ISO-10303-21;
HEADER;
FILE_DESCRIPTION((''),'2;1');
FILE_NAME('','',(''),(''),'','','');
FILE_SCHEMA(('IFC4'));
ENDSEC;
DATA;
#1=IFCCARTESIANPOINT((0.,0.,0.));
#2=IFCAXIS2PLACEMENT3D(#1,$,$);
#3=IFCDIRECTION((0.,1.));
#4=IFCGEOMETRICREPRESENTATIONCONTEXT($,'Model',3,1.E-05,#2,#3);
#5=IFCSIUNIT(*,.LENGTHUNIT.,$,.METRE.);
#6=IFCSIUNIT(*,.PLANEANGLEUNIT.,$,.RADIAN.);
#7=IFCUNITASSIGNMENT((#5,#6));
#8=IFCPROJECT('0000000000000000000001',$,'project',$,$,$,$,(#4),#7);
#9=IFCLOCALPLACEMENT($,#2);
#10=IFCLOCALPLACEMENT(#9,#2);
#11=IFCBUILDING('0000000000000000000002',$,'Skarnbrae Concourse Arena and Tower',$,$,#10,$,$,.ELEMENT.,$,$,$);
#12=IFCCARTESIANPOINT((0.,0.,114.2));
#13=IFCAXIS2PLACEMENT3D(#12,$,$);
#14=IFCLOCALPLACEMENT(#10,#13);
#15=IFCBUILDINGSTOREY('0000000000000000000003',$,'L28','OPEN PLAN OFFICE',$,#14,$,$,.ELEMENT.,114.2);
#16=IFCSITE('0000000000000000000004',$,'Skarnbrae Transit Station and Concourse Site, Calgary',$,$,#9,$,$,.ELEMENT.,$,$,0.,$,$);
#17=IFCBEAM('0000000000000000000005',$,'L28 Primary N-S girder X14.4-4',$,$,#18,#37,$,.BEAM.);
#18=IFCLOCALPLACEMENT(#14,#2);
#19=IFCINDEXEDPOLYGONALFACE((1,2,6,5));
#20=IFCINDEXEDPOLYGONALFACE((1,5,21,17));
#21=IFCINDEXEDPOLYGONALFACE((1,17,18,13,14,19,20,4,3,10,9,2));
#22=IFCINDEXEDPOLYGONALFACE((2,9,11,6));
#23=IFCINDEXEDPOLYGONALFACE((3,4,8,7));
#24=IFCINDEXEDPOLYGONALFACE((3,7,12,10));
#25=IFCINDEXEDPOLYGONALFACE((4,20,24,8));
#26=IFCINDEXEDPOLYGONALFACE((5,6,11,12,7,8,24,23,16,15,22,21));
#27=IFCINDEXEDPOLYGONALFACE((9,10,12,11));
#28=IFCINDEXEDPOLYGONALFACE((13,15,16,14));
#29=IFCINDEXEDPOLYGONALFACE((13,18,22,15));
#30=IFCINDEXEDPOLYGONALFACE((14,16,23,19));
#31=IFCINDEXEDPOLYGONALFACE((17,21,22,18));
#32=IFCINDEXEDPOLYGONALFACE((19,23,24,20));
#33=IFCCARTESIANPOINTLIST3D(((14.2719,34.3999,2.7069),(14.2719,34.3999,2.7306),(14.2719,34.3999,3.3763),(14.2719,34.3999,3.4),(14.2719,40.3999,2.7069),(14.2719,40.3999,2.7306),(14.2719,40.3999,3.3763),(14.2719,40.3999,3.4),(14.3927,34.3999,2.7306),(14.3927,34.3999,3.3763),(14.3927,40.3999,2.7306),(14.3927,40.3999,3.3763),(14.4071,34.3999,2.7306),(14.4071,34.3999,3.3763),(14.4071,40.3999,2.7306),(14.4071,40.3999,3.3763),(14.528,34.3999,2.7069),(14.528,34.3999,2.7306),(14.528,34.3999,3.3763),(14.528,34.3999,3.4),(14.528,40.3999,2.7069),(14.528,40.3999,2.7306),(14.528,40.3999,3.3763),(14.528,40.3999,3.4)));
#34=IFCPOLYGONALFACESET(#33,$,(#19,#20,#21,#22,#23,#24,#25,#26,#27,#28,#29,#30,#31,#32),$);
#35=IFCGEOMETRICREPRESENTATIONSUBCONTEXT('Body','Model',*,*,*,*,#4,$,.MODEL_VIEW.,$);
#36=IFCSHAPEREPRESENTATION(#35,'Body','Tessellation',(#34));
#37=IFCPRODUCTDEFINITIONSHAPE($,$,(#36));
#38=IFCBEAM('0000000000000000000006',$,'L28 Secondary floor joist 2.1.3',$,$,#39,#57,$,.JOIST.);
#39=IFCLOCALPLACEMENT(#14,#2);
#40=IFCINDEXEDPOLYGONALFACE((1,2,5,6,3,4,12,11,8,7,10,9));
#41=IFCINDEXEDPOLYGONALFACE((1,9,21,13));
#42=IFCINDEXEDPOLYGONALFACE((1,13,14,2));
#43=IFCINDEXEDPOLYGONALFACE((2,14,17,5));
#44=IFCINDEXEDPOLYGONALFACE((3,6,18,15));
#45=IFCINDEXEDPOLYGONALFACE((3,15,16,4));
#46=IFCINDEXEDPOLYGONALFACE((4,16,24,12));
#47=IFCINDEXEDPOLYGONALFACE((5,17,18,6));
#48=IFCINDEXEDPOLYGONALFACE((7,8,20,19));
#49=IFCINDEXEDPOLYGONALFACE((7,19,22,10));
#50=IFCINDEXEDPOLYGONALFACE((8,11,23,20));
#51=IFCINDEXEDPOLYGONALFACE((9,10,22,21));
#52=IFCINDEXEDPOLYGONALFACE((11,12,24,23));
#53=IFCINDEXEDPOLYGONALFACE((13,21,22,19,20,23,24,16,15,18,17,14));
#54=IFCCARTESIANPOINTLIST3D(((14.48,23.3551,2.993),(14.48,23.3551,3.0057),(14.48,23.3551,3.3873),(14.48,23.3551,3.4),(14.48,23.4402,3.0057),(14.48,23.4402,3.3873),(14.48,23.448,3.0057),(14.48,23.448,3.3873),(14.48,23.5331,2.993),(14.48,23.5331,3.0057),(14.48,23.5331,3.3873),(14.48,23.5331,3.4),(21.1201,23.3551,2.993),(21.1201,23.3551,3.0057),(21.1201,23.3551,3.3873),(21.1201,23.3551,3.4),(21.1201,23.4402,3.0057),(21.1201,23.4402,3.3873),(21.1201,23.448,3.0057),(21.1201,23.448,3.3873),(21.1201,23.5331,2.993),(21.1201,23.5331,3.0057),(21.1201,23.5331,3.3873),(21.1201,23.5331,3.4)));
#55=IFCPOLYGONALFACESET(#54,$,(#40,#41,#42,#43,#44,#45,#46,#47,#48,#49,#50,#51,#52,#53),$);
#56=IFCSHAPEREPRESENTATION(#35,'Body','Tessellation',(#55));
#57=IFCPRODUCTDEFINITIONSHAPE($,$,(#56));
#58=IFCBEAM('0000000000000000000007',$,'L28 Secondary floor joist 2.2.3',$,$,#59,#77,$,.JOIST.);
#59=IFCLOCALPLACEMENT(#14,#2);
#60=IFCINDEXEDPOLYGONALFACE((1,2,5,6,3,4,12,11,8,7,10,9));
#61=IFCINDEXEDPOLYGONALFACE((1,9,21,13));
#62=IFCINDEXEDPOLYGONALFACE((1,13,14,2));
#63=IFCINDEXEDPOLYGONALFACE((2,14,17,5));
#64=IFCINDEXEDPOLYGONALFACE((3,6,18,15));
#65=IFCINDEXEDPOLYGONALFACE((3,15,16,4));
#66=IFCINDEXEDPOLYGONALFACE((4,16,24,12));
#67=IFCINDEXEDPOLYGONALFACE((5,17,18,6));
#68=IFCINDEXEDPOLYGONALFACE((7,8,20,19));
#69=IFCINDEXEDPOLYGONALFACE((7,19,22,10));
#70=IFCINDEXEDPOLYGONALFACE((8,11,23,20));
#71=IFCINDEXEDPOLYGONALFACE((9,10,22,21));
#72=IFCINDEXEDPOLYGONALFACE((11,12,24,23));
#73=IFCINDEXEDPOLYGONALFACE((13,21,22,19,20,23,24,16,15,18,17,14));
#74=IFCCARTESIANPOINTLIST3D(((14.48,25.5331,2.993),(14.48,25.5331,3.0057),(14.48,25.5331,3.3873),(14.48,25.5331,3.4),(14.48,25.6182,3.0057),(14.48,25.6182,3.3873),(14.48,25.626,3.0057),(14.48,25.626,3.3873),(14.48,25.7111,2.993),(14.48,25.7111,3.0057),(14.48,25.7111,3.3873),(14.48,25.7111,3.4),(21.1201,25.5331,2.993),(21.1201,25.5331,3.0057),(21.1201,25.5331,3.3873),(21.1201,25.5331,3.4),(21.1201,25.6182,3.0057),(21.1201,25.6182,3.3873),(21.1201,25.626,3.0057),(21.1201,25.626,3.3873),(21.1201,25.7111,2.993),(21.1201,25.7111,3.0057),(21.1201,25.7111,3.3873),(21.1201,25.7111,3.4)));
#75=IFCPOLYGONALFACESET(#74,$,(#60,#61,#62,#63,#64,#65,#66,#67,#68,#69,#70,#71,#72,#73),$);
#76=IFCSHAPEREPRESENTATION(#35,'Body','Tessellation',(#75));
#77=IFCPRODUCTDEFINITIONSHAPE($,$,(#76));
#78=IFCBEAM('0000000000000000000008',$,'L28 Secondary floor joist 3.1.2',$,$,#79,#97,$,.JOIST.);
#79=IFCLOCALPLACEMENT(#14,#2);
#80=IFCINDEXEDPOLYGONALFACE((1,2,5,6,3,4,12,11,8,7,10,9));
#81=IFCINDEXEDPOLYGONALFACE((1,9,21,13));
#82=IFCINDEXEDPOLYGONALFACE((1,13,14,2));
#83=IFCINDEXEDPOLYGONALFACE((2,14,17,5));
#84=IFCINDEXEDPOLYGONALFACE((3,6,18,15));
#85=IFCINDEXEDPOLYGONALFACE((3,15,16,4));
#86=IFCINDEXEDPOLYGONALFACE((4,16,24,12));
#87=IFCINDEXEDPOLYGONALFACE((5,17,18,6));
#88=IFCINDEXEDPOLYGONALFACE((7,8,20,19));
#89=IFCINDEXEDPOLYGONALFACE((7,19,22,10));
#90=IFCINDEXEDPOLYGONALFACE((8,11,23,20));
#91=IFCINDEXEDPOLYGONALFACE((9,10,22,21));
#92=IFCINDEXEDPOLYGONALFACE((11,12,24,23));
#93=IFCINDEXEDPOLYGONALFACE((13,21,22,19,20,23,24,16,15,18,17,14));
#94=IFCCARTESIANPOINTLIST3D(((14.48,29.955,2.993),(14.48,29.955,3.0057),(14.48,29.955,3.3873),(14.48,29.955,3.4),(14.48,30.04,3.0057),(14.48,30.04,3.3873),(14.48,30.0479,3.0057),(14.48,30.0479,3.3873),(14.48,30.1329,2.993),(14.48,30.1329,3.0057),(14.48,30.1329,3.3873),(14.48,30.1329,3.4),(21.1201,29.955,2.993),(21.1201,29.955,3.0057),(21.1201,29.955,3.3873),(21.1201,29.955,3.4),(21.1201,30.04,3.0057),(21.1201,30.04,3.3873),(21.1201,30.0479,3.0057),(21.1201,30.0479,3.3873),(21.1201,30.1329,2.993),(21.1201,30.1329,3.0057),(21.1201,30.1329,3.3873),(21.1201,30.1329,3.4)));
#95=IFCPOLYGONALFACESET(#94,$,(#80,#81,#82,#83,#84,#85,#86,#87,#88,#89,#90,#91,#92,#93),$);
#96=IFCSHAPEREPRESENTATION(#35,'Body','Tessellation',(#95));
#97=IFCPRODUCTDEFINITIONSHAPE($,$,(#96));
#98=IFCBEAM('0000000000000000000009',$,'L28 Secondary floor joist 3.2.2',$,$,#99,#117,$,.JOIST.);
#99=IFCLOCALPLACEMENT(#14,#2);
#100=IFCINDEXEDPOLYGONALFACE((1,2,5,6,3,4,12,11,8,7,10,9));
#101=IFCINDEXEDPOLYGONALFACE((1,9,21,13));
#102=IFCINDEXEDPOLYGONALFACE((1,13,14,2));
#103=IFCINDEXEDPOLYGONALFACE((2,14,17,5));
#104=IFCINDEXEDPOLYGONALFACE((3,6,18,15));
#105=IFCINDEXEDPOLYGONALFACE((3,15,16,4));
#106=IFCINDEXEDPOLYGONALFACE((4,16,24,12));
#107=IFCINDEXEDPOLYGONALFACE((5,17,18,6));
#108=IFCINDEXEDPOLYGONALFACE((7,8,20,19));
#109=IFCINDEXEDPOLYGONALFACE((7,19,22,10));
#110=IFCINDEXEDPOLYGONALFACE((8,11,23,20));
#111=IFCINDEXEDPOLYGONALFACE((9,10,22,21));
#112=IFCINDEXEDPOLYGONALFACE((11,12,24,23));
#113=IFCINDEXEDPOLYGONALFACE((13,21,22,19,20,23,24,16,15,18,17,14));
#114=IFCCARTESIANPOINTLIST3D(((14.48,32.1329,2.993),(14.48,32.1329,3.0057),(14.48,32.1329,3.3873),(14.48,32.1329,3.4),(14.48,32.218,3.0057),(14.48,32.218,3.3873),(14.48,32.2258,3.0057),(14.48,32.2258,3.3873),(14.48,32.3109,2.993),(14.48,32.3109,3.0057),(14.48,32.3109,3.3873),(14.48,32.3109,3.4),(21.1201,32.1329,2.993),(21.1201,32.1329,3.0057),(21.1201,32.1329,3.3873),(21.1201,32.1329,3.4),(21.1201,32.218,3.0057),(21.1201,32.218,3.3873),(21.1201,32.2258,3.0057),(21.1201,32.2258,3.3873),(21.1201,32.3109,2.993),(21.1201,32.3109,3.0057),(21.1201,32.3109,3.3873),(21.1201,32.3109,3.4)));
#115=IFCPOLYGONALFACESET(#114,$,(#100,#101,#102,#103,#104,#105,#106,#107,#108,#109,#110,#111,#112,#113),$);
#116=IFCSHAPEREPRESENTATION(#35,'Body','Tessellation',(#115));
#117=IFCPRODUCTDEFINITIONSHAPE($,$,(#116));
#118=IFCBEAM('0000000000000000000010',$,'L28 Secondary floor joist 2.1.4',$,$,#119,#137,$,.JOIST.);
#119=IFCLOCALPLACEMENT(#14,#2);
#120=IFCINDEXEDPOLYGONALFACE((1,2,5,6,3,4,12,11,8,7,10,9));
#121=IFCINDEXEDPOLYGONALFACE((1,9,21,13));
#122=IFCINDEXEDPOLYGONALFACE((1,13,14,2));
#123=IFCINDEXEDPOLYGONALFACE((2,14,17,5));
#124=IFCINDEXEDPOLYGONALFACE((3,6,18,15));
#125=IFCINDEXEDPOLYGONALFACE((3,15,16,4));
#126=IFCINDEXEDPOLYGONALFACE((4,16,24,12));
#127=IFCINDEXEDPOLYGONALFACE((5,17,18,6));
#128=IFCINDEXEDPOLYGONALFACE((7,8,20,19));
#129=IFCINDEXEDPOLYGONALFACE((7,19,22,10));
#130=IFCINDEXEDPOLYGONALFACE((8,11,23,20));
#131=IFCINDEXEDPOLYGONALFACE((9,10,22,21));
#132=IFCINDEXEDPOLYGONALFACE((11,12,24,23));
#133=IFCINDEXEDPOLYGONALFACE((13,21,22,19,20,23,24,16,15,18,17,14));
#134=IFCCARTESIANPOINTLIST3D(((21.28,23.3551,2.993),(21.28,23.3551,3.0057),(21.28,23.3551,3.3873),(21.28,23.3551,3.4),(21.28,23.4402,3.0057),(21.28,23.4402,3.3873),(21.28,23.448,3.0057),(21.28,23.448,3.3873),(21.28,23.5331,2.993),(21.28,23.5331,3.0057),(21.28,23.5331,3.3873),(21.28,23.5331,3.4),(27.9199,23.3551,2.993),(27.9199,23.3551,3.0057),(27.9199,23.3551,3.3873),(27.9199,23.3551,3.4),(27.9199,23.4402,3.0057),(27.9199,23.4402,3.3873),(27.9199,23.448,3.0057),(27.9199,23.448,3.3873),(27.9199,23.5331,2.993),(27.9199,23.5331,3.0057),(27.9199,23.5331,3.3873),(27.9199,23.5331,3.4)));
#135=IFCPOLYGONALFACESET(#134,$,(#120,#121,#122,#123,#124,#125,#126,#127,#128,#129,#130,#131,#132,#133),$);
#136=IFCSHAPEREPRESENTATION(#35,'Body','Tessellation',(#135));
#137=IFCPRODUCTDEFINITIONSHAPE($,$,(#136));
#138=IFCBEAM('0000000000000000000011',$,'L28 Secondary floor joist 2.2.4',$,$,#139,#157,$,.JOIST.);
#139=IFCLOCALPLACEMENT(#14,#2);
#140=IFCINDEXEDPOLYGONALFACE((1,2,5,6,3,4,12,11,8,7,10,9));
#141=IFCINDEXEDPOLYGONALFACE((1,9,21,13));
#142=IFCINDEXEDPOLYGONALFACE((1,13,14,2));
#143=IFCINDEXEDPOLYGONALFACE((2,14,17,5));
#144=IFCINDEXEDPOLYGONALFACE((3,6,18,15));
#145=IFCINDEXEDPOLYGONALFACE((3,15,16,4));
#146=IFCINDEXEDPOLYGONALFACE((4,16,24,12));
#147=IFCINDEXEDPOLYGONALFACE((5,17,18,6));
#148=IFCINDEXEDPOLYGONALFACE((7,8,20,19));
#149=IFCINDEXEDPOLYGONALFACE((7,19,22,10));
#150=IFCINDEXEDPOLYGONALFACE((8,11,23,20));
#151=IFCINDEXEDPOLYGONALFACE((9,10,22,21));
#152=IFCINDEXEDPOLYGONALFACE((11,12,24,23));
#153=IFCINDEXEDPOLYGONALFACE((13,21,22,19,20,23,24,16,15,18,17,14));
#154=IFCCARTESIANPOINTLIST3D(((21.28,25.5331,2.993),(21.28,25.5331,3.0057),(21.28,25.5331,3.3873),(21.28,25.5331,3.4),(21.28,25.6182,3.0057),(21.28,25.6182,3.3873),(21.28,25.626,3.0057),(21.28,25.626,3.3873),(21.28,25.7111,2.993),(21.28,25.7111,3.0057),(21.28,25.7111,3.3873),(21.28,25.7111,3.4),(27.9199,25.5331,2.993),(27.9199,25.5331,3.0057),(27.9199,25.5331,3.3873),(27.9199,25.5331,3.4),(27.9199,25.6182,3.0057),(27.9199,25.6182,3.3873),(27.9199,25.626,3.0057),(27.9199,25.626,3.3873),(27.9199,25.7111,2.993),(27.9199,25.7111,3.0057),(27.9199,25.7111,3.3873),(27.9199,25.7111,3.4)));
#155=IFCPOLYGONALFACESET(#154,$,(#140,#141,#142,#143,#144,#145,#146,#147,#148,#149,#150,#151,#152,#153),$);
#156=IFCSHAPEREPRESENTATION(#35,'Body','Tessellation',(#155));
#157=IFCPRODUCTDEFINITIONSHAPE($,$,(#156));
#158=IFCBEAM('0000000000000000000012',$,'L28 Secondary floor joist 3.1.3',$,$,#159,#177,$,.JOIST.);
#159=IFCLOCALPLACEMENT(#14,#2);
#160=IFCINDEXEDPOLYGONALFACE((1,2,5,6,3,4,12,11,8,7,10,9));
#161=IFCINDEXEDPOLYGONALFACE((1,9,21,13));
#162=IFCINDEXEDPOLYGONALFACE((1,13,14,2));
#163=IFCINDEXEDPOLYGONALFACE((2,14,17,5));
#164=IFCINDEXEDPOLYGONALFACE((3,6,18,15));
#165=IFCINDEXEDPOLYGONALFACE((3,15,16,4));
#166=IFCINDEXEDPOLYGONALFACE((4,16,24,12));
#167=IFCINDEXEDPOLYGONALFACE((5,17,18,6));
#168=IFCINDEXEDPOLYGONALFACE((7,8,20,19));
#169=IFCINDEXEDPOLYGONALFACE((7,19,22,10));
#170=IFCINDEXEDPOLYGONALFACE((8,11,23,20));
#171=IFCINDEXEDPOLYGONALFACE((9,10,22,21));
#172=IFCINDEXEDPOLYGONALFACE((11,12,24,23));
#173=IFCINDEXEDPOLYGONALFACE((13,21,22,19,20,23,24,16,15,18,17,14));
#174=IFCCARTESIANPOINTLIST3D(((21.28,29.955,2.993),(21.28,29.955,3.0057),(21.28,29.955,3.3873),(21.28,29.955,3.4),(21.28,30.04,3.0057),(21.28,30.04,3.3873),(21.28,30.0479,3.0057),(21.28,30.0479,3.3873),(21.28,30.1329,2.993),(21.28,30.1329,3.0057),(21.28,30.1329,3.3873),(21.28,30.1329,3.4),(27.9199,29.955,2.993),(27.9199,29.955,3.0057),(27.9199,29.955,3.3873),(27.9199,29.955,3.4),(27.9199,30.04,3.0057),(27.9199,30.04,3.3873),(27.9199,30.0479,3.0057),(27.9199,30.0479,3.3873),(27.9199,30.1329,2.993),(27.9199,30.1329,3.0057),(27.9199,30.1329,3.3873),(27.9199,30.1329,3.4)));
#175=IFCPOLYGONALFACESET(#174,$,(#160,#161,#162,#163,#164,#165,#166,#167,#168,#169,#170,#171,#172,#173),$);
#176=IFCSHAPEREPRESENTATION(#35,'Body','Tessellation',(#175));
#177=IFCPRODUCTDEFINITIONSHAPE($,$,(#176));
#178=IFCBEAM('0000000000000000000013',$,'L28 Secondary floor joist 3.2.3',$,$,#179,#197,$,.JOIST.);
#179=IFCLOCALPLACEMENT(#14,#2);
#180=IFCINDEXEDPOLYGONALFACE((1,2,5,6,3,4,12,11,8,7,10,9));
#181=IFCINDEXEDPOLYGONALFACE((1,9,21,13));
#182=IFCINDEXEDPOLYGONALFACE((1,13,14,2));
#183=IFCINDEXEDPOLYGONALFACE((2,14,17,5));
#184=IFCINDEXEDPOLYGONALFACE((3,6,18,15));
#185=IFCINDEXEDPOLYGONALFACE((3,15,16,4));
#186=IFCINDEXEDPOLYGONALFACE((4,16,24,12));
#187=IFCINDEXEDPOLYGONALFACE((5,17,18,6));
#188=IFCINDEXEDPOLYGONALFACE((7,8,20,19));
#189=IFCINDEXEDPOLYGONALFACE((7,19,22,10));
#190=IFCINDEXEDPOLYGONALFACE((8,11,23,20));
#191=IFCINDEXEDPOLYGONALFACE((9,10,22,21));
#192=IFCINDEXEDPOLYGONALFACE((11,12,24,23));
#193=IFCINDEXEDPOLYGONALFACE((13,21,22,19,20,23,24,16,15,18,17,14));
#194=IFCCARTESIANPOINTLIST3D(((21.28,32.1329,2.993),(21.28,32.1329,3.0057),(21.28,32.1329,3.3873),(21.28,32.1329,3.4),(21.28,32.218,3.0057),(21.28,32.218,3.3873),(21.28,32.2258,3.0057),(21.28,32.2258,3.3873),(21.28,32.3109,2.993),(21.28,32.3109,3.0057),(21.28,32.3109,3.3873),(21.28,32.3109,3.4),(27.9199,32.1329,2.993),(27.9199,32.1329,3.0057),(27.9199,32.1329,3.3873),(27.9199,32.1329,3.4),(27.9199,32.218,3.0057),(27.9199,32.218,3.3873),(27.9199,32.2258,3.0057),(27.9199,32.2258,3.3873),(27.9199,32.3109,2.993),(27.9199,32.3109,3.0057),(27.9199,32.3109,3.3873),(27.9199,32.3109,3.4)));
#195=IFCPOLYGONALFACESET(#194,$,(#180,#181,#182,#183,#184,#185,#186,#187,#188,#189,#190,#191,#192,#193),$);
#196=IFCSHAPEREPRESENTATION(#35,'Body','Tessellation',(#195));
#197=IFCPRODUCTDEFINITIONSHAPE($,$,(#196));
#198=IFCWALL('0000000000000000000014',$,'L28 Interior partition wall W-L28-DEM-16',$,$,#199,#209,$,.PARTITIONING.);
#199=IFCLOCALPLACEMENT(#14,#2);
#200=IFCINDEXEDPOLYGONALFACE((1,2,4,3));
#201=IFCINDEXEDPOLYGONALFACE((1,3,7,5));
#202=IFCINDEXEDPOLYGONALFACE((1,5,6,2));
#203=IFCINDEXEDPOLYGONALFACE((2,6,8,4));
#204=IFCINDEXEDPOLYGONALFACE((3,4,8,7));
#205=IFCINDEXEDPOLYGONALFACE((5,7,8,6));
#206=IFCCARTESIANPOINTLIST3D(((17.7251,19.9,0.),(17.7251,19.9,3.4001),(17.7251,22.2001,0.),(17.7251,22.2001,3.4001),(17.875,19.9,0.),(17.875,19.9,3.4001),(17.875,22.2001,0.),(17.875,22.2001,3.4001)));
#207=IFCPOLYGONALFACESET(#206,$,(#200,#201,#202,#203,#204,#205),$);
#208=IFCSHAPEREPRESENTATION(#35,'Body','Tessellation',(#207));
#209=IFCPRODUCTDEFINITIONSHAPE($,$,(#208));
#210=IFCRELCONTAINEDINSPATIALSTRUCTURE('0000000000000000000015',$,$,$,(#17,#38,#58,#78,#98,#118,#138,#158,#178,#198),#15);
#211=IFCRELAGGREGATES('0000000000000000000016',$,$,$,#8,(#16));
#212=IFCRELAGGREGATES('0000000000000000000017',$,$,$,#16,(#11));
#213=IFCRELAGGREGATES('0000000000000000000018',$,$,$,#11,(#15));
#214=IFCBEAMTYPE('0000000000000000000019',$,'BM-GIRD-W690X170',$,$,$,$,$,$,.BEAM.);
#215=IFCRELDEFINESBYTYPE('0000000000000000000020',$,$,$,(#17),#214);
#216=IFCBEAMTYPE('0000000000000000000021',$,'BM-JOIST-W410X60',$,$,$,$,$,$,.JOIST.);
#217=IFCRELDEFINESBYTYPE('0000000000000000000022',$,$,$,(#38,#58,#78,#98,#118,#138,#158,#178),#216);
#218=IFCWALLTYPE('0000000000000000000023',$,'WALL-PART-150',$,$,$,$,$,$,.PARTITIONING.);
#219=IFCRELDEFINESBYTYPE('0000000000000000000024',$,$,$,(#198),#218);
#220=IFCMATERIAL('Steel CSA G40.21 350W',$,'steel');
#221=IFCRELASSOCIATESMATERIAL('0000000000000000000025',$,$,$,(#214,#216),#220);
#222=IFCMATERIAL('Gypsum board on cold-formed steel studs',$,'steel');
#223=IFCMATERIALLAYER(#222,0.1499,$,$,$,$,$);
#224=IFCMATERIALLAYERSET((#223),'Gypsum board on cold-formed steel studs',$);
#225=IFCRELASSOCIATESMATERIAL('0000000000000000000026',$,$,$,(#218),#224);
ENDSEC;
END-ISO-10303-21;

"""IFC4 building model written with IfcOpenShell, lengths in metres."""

from ifc_helpers import new_model, si_unit, direction, frame, frame_2d, origin, origin_2d, place, context, subcontext, project, spatial, rectangle, i_section, extrude, source, transform, mapped, material, layer, layer_set, material_profile, profile_set, type_object, element, save


model = new_model("IFC4")

# Units and contexts
model_context = context("Model", 3, precision=1e-05, world=origin(), true_north=direction((0.0, 1.0)))
body_context = subcontext(model_context, "Body", "Model", "MODEL_VIEW")
ifc_project = project(units=[si_unit("LENGTHUNIT", "METRE"), si_unit("PLANEANGLEUNIT", "RADIAN")], contexts=[model_context])

# Site, building, storey
site_placement = place(None, origin())
site = spatial("IfcSite", under=ifc_project, at=site_placement, Name="Skarnbrae Transit Station and Concourse Site, Calgary", CompositionType="ELEMENT", RefElevation=0.0)
building_placement = place(site_placement, origin())
building = spatial("IfcBuilding", under=site, at=building_placement, Name="Skarnbrae Concourse Arena and Tower", CompositionType="ELEMENT")
storey_placement = place(building_placement, frame((0.0, 0.0, 114.2)))
storey = spatial("IfcBuildingStorey", under=building, at=storey_placement, Name="L28", Description="OPEN PLAN OFFICE", CompositionType="ELEMENT", Elevation=114.2)

# Shared definitions
ifc_material_1 = material(Name="Steel CSA G40.21 350W", Category="steel")

# Beams
ifc_material_profile_1 = material_profile(ifc_material_1, i_section(OverallWidth=0.2561, OverallDepth=0.6931, WebThickness=0.0144, FlangeThickness=0.0237, at=origin_2d()), Name="W690X170")
ifc_profile_set_1 = profile_set([ifc_material_profile_1], Name="Steel CSA G40.21 350W")
beam_type_1 = type_object("IfcBeamType", Name="BM-GIRD-W690X170", PredefinedType="BEAM", material=ifc_profile_set_1)
shared_shape_1 = source(origin(), body_context, "Body", "SweptSolid", [
    extrude(i_section(OverallWidth=0.2561, OverallDepth=0.6931, WebThickness=0.0144, FlangeThickness=0.0237, at=origin_2d()), origin(), (0.0, 0.0, 1.0), 6.0),
])
beam_1_placement = place(storey_placement, frame((14.3999, 34.3999, 3.0535), z_axis=(0.0, 1.0, 0.0), x_axis=(-1.0, 0.0, 0.0)))
element("IfcBeam", 1, at=beam_1_placement, inside=storey, type_object=beam_type_1, Name="L28 Primary N-S girder X14.4-4", PredefinedType="BEAM", context=body_context, shape_type="MappedRepresentation", body=[
    mapped(shared_shape_1, transform((0.0, 0.0, 0.0))),
])
ifc_material_profile_2 = material_profile(ifc_material_1, i_section(OverallWidth=0.178, OverallDepth=0.407, WebThickness=0.0078, FlangeThickness=0.0127, at=origin_2d()), Name="W410X60")
ifc_profile_set_2 = profile_set([ifc_material_profile_2], Name="Steel CSA G40.21 350W")
beam_type_2 = type_object("IfcBeamType", Name="BM-JOIST-W410X60", PredefinedType="JOIST", material=ifc_profile_set_2)
shared_shape_2 = source(origin(), body_context, "Body", "SweptSolid", [
    extrude(i_section(OverallWidth=0.178, OverallDepth=0.407, WebThickness=0.0078, FlangeThickness=0.0127, at=origin_2d()), origin(), (0.0, 0.0, 1.0), 6.6401),
])
for number, where, z_axis, x_axis, name in (
    (2, (14.48, 23.4441, 3.1965), (1.0, 0.0, 0.0), (0.0, 1.0, 0.0), "L28 Secondary floor joist 2.1.3"),
    (3, (14.48, 25.6221, 3.1965), (1.0, 0.0, 0.0), (0.0, 1.0, 0.0), "L28 Secondary floor joist 2.2.3"),
    (4, (14.48, 30.0439, 3.1965), (1.0, 0.0, 0.0), (0.0, 1.0, 0.0), "L28 Secondary floor joist 3.1.2"),
    (5, (14.48, 32.2219, 3.1965), (1.0, 0.0, 0.0), (0.0, 1.0, 0.0), "L28 Secondary floor joist 3.2.2"),
):
    element("IfcBeam", number, at=place(storey_placement, frame(where, z_axis=z_axis, x_axis=x_axis)), inside=storey, type_object=beam_type_2, Name=name, PredefinedType="JOIST", context=body_context, shape_type="MappedRepresentation", body=[
        mapped(shared_shape_2, transform((0.0, 0.0, 0.0))),
    ])
shared_shape_3 = source(origin(), body_context, "Body", "SweptSolid", [
    extrude(i_section(OverallWidth=0.178, OverallDepth=0.407, WebThickness=0.0078, FlangeThickness=0.0127, at=origin_2d()), origin(), (0.0, 0.0, 1.0), 6.6399),
])
for number, where, z_axis, x_axis, name in (
    (6, (21.28, 23.4441, 3.1965), (1.0, 0.0, 0.0), (0.0, 1.0, 0.0), "L28 Secondary floor joist 2.1.4"),
    (7, (21.28, 25.6221, 3.1965), (1.0, 0.0, 0.0), (0.0, 1.0, 0.0), "L28 Secondary floor joist 2.2.4"),
    (8, (21.28, 30.0439, 3.1965), (1.0, 0.0, 0.0), (0.0, 1.0, 0.0), "L28 Secondary floor joist 3.1.3"),
    (9, (21.28, 32.2219, 3.1965), (1.0, 0.0, 0.0), (0.0, 1.0, 0.0), "L28 Secondary floor joist 3.2.3"),
):
    element("IfcBeam", number, at=place(storey_placement, frame(where, z_axis=z_axis, x_axis=x_axis)), inside=storey, type_object=beam_type_2, Name=name, PredefinedType="JOIST", context=body_context, shape_type="MappedRepresentation", body=[
        mapped(shared_shape_3, transform((0.0, 0.0, 0.0))),
    ])

# Wall
ifc_material_2 = material(Name="Gypsum board on cold-formed steel studs", Category="steel")
ifc_layer_1 = layer(ifc_material_2, 0.1499)
ifc_layer_set_1 = layer_set([ifc_layer_1], Name="Gypsum board on cold-formed steel studs")
wall_type_1 = type_object("IfcWallType", Name="WALL-PART-150", PredefinedType="PARTITIONING", material=ifc_layer_set_1)
shared_shape_4 = source(origin(), body_context, "Body", "SweptSolid", [
    extrude(rectangle(XDim=2.3, YDim=0.1499, at=frame_2d((1.1499, 0.0))), origin(), (0.0, 0.0, 1.0), 3.4001),
])
wall_1_placement = place(storey_placement, frame((17.8, 22.2, 0.0), z_axis=(0.0, 0.0, 1.0), x_axis=(0.0, -1.0, 0.0)))
element("IfcWall", 10, at=wall_1_placement, inside=storey, type_object=wall_type_1, Name="L28 Interior partition wall W-L28-DEM-16", PredefinedType="PARTITIONING", context=body_context, shape_type="MappedRepresentation", body=[
    mapped(shared_shape_4, transform((0.0, 0.0, 0.0))),
])

save(model, "model.ifc")
